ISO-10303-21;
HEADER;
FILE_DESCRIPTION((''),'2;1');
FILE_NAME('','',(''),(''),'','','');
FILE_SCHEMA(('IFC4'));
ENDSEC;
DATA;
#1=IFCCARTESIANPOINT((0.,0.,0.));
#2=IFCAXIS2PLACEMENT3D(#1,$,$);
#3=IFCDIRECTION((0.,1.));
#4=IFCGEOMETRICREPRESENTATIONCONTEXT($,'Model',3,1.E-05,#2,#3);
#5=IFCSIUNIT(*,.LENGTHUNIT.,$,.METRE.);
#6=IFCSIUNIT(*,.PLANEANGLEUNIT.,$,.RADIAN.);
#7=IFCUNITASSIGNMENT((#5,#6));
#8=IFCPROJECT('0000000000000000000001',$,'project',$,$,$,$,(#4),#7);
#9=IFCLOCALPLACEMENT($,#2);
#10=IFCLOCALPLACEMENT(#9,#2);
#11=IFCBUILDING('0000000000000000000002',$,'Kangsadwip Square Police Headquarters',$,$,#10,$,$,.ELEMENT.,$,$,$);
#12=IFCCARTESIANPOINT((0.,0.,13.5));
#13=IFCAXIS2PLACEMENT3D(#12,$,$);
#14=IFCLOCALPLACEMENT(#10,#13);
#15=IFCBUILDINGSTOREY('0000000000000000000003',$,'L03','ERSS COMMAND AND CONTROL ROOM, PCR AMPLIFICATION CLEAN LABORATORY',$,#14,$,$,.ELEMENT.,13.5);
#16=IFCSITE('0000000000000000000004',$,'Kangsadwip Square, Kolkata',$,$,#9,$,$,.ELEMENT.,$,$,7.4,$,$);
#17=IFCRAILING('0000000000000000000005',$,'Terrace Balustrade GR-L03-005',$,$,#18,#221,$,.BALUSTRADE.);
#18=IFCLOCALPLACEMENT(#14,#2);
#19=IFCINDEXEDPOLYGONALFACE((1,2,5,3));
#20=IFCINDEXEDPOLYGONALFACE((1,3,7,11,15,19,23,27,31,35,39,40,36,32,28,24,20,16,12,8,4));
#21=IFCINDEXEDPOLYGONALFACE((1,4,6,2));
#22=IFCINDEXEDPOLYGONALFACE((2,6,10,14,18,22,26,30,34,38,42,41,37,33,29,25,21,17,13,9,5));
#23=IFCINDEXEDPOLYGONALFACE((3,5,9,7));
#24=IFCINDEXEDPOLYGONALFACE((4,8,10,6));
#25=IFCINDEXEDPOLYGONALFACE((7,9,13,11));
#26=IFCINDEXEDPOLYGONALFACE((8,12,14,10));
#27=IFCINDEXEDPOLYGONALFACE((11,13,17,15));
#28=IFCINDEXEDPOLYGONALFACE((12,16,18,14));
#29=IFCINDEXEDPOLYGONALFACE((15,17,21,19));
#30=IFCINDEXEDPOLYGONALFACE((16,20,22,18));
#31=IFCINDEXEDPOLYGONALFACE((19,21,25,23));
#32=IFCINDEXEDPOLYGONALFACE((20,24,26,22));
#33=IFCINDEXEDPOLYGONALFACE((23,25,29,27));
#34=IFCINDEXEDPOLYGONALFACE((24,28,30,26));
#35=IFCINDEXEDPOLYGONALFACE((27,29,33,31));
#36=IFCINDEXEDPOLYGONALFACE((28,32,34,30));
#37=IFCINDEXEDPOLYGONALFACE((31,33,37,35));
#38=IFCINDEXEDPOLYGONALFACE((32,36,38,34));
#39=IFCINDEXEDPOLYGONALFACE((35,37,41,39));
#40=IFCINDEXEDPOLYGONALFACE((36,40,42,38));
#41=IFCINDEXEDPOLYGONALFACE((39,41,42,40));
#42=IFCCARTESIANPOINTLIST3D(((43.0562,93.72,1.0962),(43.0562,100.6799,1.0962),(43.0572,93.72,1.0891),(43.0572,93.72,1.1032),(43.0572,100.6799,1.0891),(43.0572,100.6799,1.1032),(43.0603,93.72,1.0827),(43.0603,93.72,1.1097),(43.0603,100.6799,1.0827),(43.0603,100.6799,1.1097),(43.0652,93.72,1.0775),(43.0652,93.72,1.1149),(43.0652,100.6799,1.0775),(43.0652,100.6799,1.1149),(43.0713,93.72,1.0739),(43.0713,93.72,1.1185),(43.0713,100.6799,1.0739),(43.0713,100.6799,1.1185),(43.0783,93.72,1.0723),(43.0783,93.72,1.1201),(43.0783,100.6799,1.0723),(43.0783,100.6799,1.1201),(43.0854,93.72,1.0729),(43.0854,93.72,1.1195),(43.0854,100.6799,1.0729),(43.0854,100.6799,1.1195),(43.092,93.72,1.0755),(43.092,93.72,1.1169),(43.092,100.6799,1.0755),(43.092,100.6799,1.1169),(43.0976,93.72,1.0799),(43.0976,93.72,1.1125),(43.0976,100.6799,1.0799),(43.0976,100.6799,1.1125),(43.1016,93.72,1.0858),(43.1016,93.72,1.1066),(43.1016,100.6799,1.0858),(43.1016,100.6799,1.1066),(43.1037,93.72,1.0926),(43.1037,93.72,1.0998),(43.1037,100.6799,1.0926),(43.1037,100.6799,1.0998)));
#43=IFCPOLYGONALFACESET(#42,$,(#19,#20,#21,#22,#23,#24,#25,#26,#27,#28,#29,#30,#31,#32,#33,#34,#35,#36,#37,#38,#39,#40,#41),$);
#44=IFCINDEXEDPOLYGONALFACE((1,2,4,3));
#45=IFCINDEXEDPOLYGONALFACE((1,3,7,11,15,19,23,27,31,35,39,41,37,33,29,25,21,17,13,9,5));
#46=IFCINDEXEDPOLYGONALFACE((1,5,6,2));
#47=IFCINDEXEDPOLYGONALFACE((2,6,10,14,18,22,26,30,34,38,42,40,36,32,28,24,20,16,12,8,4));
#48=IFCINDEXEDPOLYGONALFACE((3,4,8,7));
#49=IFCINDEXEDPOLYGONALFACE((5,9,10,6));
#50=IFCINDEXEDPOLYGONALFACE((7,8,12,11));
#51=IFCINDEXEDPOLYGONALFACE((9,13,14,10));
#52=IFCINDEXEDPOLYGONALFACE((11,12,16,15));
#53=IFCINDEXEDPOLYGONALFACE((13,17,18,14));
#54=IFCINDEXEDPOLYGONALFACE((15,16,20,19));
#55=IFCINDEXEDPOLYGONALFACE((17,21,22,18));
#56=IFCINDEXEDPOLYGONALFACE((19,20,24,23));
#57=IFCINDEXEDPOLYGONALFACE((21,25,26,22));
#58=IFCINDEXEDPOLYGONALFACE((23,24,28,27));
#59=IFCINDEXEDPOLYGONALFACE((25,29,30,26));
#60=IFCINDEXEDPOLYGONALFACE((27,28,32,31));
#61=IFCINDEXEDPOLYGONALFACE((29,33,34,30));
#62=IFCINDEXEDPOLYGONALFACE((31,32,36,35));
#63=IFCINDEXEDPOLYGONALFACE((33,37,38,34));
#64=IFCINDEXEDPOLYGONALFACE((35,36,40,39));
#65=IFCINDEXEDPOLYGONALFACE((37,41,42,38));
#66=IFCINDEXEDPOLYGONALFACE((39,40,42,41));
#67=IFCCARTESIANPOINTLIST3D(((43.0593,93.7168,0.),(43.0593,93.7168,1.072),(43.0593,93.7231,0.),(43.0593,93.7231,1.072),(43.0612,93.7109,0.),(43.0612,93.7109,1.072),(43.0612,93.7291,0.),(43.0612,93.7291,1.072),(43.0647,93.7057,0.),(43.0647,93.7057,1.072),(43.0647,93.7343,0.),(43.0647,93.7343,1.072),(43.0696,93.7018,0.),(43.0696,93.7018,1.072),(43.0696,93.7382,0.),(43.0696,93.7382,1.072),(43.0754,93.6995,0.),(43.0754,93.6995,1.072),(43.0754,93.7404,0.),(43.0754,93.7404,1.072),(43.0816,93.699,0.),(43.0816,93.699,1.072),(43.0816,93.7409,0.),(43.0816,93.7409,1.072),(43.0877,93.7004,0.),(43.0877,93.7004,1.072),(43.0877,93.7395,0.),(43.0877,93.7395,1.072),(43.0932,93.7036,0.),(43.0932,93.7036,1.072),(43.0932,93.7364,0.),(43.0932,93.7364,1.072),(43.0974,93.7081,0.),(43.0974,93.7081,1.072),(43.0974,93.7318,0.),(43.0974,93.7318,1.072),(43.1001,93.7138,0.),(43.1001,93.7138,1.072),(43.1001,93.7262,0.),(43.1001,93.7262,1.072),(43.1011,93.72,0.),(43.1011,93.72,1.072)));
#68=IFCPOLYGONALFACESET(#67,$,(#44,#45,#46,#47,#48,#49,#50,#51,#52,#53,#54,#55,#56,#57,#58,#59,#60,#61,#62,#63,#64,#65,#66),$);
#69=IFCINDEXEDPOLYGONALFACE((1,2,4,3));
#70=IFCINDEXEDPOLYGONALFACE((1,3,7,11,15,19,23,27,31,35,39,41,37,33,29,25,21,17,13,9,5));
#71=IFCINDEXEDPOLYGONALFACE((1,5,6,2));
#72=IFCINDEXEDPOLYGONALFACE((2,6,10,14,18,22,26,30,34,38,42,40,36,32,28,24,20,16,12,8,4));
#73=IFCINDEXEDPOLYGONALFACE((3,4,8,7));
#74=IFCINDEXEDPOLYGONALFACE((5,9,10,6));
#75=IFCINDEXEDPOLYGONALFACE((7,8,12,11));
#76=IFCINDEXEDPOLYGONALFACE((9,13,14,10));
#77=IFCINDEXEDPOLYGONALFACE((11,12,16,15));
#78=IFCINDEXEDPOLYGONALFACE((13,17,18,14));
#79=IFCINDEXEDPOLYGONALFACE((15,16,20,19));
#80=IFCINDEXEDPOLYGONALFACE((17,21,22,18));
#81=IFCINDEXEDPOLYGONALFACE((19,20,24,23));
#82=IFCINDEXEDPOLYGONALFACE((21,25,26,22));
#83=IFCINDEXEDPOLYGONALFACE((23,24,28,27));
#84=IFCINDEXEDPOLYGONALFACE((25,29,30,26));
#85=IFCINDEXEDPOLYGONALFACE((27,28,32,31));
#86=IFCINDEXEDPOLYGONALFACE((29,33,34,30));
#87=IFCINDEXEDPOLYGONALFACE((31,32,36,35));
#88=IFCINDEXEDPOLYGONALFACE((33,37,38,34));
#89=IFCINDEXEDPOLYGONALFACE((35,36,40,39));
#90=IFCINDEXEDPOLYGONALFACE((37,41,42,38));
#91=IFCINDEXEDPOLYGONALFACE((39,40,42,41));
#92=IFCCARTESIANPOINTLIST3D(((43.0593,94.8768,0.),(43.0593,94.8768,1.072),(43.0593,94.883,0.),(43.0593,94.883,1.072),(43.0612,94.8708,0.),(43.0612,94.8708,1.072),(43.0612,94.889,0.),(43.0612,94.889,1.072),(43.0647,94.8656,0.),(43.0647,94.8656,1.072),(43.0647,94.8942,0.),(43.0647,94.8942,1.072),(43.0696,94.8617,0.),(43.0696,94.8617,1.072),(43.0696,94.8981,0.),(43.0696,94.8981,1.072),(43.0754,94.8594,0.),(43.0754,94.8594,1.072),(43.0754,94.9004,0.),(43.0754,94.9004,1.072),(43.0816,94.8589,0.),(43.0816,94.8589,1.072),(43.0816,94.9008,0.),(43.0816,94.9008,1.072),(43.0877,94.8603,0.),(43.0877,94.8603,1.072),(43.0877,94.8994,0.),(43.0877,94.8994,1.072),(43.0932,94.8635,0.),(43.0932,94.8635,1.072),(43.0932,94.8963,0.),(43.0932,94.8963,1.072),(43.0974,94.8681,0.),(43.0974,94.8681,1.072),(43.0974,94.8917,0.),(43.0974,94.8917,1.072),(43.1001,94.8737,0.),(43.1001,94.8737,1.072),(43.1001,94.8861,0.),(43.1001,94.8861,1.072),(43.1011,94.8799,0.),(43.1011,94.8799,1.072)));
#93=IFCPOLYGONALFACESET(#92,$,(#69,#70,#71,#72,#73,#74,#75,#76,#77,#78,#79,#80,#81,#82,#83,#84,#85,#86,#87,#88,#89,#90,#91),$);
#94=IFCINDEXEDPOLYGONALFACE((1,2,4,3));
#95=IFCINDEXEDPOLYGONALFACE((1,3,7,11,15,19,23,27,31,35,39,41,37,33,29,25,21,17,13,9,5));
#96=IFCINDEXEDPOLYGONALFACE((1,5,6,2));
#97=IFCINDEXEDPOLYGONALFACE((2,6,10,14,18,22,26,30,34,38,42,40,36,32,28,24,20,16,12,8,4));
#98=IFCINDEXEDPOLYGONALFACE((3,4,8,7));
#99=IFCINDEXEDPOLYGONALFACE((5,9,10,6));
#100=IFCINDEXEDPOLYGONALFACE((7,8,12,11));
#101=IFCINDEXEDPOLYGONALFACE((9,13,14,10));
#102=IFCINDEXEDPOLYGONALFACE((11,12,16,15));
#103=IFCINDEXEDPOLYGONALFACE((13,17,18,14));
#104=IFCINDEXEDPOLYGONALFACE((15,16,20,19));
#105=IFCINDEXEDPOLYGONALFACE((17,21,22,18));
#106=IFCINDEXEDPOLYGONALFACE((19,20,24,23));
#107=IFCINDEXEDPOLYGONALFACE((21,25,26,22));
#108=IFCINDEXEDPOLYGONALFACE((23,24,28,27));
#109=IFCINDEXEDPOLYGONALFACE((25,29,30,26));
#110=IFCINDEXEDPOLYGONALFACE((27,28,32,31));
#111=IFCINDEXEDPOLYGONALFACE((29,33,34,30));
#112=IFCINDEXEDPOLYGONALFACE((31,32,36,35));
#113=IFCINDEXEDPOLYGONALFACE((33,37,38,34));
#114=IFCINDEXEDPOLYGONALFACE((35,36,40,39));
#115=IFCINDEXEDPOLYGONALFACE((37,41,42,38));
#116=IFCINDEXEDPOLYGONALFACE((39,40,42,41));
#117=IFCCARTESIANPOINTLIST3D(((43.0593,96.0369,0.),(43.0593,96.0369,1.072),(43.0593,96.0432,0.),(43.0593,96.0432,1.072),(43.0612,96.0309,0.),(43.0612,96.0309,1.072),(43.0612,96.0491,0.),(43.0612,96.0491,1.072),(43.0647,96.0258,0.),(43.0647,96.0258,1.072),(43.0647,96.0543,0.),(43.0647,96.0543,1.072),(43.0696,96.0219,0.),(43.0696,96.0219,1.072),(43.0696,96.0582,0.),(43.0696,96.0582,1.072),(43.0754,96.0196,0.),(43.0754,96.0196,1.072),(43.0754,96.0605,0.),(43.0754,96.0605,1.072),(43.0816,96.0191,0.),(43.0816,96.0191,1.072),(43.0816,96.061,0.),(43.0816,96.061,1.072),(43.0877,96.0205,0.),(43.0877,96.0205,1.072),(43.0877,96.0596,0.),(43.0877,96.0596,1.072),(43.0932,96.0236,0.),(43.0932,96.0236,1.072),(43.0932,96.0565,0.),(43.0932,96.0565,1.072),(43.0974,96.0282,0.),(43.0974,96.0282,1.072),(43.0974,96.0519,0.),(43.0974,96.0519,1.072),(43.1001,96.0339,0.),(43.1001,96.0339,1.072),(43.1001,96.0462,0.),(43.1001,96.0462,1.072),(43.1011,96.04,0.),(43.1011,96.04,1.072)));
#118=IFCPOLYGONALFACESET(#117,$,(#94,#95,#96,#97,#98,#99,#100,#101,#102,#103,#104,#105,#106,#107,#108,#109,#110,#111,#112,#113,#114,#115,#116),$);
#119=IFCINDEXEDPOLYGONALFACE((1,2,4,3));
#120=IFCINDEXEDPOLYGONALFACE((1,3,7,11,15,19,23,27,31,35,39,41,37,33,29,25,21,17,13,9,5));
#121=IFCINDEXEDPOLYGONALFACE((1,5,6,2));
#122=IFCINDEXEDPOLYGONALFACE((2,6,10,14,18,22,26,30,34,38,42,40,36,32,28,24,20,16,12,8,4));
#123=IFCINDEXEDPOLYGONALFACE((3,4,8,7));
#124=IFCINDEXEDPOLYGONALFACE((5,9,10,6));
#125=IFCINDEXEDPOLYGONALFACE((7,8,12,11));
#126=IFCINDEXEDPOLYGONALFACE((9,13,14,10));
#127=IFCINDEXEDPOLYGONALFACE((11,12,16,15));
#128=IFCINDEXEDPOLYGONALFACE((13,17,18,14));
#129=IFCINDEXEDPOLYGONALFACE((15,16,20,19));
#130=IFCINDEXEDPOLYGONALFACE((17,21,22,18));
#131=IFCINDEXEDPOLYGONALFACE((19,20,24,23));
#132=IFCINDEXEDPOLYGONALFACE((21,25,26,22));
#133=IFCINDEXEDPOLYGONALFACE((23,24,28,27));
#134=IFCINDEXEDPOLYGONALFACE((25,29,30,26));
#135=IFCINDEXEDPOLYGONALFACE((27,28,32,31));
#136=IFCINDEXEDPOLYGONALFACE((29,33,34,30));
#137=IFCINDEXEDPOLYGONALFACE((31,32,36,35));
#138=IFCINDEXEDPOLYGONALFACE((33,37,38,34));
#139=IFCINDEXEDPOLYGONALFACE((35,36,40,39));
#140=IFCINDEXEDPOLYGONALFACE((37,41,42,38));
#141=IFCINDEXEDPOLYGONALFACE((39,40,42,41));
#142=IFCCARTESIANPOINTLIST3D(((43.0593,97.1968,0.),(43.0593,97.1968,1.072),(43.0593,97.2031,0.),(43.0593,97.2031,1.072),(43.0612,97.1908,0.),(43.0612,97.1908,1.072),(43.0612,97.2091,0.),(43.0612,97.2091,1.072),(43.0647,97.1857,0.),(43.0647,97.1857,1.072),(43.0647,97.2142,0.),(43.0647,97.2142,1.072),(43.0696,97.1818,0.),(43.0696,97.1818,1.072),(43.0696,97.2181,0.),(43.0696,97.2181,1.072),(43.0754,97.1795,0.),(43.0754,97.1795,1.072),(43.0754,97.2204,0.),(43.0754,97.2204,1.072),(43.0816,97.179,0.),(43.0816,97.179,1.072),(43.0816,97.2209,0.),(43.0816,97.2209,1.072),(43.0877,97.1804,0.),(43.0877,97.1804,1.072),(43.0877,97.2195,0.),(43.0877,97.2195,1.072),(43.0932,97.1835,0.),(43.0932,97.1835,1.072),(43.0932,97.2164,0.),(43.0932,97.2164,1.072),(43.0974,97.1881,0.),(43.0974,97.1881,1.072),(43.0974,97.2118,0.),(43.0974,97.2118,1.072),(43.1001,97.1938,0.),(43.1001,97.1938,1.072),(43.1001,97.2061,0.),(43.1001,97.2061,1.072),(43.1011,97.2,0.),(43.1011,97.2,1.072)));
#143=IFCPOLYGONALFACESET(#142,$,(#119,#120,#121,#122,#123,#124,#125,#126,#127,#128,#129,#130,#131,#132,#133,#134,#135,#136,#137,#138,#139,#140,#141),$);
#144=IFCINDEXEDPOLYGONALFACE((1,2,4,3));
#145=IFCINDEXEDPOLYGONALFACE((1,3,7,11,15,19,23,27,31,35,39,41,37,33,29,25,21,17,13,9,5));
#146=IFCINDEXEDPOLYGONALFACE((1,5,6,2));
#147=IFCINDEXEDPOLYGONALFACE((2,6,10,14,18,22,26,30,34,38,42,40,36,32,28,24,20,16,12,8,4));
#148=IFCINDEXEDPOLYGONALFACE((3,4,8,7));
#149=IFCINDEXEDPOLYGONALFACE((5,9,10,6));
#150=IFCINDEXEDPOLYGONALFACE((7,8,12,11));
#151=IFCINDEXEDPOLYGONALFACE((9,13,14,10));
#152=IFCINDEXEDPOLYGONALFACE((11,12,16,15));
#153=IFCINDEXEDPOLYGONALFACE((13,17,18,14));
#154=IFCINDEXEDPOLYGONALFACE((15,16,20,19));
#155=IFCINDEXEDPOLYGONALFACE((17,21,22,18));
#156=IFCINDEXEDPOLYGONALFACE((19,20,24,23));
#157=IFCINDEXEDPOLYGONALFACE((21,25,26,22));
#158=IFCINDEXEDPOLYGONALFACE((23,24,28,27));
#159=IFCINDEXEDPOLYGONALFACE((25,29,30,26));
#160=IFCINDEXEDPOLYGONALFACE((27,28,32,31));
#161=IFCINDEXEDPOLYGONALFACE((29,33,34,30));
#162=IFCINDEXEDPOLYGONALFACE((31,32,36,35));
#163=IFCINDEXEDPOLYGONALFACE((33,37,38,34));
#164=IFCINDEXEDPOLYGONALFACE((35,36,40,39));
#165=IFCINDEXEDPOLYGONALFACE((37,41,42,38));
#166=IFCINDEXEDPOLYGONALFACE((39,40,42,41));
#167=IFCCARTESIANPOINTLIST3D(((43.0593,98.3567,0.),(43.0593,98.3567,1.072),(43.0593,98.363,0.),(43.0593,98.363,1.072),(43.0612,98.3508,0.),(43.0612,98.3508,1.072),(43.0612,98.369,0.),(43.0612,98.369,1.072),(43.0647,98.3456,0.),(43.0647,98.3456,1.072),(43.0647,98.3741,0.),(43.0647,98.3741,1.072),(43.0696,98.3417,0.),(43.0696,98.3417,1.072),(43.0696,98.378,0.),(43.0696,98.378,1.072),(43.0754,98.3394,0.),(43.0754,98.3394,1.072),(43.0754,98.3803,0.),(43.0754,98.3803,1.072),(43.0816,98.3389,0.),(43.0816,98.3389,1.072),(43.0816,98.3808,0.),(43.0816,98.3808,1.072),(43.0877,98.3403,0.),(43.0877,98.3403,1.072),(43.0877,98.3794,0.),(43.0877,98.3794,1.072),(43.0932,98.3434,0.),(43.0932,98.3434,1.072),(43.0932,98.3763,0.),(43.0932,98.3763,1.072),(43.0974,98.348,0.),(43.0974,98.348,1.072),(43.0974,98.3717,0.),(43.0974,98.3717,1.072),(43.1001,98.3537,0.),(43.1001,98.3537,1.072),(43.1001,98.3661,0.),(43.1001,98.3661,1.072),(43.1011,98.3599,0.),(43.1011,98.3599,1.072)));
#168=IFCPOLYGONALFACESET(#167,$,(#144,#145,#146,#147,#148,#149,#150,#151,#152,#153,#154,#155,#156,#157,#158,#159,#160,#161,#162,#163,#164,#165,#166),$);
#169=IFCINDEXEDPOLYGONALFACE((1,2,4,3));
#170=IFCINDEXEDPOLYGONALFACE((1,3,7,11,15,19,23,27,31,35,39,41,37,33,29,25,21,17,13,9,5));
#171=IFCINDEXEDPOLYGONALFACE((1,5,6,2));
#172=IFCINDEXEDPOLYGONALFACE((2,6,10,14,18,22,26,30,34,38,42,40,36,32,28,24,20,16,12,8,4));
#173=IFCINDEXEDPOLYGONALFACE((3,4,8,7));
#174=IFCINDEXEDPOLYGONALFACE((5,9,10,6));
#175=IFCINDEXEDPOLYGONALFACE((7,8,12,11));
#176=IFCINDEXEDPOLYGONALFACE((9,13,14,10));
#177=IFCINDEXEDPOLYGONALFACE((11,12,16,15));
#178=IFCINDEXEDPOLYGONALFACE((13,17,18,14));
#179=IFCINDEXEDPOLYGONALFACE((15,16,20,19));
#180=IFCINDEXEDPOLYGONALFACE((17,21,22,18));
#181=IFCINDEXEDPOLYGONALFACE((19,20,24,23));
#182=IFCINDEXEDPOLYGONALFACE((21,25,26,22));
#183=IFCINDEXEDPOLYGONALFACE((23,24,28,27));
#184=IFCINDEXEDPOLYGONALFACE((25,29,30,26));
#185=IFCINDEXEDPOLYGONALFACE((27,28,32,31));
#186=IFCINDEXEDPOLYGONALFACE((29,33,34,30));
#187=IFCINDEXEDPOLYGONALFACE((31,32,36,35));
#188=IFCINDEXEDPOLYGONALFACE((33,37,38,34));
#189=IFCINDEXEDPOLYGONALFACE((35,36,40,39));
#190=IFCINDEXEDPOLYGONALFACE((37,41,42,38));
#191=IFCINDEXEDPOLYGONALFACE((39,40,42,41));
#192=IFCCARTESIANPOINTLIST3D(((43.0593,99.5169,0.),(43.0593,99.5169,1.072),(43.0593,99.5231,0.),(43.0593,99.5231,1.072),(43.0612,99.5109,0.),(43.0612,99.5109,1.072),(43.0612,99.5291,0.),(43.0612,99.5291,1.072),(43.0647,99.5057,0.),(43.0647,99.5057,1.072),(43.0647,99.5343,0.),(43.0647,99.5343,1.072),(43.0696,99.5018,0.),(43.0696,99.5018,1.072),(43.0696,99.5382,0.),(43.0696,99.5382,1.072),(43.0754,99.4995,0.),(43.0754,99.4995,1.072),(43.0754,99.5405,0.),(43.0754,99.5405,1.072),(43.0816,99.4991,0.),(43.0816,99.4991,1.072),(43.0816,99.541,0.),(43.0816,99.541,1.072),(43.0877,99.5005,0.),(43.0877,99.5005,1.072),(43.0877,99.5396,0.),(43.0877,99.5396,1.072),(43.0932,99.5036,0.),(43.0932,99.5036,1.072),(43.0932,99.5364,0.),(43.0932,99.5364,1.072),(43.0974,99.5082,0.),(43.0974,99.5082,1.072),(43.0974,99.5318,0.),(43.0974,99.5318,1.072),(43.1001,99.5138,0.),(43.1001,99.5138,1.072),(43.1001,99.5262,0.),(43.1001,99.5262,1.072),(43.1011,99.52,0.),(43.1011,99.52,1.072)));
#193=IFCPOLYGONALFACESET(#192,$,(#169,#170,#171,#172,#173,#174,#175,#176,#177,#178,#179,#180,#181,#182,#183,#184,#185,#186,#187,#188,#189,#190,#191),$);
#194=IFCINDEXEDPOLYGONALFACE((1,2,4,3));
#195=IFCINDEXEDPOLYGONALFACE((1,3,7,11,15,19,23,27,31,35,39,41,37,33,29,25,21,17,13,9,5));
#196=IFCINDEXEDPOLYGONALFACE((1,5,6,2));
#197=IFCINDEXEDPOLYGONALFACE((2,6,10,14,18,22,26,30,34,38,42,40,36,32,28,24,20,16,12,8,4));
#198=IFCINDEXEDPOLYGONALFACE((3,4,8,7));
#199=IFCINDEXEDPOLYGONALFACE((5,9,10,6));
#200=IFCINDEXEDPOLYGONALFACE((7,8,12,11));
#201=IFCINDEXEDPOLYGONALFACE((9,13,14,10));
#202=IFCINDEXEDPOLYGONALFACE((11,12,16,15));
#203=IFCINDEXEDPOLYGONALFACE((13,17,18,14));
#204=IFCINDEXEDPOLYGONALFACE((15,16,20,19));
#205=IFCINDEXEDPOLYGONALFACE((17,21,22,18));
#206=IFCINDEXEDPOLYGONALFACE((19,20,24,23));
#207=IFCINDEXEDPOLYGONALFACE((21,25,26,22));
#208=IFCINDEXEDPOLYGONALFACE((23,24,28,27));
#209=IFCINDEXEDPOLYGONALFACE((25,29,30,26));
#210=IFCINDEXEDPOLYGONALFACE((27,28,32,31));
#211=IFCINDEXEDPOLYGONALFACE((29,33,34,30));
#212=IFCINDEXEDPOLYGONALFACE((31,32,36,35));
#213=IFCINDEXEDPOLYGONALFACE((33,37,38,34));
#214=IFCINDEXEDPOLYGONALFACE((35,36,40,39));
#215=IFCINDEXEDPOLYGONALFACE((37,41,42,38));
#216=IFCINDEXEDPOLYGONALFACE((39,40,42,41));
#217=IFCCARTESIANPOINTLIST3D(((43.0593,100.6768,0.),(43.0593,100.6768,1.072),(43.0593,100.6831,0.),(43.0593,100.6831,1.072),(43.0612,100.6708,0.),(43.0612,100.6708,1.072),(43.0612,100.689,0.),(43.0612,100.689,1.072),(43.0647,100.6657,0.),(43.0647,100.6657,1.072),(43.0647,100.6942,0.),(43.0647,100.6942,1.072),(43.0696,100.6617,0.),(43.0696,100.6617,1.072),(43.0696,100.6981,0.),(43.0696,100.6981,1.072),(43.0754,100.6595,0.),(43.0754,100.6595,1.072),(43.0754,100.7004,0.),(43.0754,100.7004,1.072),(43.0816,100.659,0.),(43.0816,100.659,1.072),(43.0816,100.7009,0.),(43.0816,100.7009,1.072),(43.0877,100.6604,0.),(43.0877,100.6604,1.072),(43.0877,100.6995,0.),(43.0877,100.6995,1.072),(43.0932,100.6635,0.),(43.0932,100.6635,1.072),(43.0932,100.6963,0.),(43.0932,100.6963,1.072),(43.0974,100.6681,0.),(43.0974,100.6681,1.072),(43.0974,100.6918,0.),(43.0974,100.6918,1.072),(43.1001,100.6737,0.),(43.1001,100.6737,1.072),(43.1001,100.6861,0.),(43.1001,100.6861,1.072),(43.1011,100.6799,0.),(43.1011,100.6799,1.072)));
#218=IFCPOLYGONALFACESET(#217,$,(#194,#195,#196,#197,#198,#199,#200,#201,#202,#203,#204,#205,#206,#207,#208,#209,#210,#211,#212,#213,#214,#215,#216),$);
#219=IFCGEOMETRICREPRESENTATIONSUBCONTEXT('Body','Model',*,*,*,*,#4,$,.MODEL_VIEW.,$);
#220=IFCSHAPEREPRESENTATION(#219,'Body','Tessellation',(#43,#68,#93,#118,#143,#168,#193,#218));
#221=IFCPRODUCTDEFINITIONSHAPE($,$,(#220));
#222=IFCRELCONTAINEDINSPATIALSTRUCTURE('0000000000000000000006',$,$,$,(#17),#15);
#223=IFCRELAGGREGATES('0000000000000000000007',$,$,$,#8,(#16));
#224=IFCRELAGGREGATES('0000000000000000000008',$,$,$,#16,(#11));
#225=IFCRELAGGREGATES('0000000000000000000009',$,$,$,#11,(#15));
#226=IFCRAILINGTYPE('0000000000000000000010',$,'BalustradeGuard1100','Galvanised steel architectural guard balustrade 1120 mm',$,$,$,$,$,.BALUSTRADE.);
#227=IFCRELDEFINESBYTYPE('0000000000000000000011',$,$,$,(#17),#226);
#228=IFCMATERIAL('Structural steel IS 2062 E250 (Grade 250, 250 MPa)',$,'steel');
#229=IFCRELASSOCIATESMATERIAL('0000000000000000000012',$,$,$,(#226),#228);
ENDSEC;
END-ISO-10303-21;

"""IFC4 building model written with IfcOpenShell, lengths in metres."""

from ifc_helpers import new_model, si_unit, direction, frame, origin, origin_2d, place, context, subcontext, project, spatial, circle, extrude, material, type_object, element, save


model = new_model("IFC4")

# Units and contexts
model_context = context("Model", 3, precision=1e-05, world=origin(), true_north=direction((0.0, 1.0)))
body_context = subcontext(model_context, "Body", "Model", "MODEL_VIEW")
ifc_project = project(units=[si_unit("LENGTHUNIT", "METRE"), si_unit("PLANEANGLEUNIT", "RADIAN")], contexts=[model_context])

# Site, building, storey
site_placement = place(None, origin())
site = spatial("IfcSite", under=ifc_project, at=site_placement, Name="Kangsadwip Square, Kolkata", CompositionType="ELEMENT", RefElevation=7.4)
building_placement = place(site_placement, origin())
building = spatial("IfcBuilding", under=site, at=building_placement, Name="Kangsadwip Square Police Headquarters", CompositionType="ELEMENT")
storey_placement = place(building_placement, frame((0.0, 0.0, 13.5)))
storey = spatial("IfcBuildingStorey", under=building, at=storey_placement, Name="L03", Description="ERSS COMMAND AND CONTROL ROOM, PCR AMPLIFICATION CLEAN LABORATORY", CompositionType="ELEMENT", Elevation=13.5)

# Railing
ifc_material_1 = material(Name="Structural steel IS 2062 E250 (Grade 250, 250 MPa)", Category="steel")
railing_type = type_object("IfcRailingType", Name="BalustradeGuard1100", Description="Galvanised steel architectural guard balustrade 1120 mm", PredefinedType="BALUSTRADE", material=ifc_material_1)
for number, where, name in (
    (1, (43.0801, 93.72, 0.0), "Terrace Balustrade GR-L03-005"),
):
    element("IfcRailing", number, at=place(storey_placement, frame(where)), inside=storey, type_object=railing_type, Name=name, PredefinedType="BALUSTRADE", context=body_context, shape_type="SweptSolid", body=[
        extrude(circle(Radius=0.0239, at=origin_2d()), frame((0.0, 0.0, 1.0962), z_axis=(0.0, 1.0, 0.0), x_axis=(-1.0, 0.0, 0.0)), (0.0, 0.0, 1.0), 6.96),
        extrude(circle(Radius=0.021, at=origin_2d()), origin(), (0.0, 0.0, 1.0), 1.072),
        extrude(circle(Radius=0.021, at=origin_2d()), frame((0.0, 1.1599, 0.0)), (0.0, 0.0, 1.0), 1.072),
        extrude(circle(Radius=0.021, at=origin_2d()), frame((0.0, 2.3201, 0.0)), (0.0, 0.0, 1.0), 1.072),
        extrude(circle(Radius=0.021, at=origin_2d()), frame((0.0, 3.48, 0.0)), (0.0, 0.0, 1.0), 1.072),
        extrude(circle(Radius=0.021, at=origin_2d()), frame((0.0, 4.6399, 0.0)), (0.0, 0.0, 1.0), 1.072),
        extrude(circle(Radius=0.021, at=origin_2d()), frame((0.0, 5.8, 0.0)), (0.0, 0.0, 1.0), 1.072),
        extrude(circle(Radius=0.021, at=origin_2d()), frame((0.0, 6.96, 0.0)), (0.0, 0.0, 1.0), 1.072),
    ])

save(model, "model.ifc")
